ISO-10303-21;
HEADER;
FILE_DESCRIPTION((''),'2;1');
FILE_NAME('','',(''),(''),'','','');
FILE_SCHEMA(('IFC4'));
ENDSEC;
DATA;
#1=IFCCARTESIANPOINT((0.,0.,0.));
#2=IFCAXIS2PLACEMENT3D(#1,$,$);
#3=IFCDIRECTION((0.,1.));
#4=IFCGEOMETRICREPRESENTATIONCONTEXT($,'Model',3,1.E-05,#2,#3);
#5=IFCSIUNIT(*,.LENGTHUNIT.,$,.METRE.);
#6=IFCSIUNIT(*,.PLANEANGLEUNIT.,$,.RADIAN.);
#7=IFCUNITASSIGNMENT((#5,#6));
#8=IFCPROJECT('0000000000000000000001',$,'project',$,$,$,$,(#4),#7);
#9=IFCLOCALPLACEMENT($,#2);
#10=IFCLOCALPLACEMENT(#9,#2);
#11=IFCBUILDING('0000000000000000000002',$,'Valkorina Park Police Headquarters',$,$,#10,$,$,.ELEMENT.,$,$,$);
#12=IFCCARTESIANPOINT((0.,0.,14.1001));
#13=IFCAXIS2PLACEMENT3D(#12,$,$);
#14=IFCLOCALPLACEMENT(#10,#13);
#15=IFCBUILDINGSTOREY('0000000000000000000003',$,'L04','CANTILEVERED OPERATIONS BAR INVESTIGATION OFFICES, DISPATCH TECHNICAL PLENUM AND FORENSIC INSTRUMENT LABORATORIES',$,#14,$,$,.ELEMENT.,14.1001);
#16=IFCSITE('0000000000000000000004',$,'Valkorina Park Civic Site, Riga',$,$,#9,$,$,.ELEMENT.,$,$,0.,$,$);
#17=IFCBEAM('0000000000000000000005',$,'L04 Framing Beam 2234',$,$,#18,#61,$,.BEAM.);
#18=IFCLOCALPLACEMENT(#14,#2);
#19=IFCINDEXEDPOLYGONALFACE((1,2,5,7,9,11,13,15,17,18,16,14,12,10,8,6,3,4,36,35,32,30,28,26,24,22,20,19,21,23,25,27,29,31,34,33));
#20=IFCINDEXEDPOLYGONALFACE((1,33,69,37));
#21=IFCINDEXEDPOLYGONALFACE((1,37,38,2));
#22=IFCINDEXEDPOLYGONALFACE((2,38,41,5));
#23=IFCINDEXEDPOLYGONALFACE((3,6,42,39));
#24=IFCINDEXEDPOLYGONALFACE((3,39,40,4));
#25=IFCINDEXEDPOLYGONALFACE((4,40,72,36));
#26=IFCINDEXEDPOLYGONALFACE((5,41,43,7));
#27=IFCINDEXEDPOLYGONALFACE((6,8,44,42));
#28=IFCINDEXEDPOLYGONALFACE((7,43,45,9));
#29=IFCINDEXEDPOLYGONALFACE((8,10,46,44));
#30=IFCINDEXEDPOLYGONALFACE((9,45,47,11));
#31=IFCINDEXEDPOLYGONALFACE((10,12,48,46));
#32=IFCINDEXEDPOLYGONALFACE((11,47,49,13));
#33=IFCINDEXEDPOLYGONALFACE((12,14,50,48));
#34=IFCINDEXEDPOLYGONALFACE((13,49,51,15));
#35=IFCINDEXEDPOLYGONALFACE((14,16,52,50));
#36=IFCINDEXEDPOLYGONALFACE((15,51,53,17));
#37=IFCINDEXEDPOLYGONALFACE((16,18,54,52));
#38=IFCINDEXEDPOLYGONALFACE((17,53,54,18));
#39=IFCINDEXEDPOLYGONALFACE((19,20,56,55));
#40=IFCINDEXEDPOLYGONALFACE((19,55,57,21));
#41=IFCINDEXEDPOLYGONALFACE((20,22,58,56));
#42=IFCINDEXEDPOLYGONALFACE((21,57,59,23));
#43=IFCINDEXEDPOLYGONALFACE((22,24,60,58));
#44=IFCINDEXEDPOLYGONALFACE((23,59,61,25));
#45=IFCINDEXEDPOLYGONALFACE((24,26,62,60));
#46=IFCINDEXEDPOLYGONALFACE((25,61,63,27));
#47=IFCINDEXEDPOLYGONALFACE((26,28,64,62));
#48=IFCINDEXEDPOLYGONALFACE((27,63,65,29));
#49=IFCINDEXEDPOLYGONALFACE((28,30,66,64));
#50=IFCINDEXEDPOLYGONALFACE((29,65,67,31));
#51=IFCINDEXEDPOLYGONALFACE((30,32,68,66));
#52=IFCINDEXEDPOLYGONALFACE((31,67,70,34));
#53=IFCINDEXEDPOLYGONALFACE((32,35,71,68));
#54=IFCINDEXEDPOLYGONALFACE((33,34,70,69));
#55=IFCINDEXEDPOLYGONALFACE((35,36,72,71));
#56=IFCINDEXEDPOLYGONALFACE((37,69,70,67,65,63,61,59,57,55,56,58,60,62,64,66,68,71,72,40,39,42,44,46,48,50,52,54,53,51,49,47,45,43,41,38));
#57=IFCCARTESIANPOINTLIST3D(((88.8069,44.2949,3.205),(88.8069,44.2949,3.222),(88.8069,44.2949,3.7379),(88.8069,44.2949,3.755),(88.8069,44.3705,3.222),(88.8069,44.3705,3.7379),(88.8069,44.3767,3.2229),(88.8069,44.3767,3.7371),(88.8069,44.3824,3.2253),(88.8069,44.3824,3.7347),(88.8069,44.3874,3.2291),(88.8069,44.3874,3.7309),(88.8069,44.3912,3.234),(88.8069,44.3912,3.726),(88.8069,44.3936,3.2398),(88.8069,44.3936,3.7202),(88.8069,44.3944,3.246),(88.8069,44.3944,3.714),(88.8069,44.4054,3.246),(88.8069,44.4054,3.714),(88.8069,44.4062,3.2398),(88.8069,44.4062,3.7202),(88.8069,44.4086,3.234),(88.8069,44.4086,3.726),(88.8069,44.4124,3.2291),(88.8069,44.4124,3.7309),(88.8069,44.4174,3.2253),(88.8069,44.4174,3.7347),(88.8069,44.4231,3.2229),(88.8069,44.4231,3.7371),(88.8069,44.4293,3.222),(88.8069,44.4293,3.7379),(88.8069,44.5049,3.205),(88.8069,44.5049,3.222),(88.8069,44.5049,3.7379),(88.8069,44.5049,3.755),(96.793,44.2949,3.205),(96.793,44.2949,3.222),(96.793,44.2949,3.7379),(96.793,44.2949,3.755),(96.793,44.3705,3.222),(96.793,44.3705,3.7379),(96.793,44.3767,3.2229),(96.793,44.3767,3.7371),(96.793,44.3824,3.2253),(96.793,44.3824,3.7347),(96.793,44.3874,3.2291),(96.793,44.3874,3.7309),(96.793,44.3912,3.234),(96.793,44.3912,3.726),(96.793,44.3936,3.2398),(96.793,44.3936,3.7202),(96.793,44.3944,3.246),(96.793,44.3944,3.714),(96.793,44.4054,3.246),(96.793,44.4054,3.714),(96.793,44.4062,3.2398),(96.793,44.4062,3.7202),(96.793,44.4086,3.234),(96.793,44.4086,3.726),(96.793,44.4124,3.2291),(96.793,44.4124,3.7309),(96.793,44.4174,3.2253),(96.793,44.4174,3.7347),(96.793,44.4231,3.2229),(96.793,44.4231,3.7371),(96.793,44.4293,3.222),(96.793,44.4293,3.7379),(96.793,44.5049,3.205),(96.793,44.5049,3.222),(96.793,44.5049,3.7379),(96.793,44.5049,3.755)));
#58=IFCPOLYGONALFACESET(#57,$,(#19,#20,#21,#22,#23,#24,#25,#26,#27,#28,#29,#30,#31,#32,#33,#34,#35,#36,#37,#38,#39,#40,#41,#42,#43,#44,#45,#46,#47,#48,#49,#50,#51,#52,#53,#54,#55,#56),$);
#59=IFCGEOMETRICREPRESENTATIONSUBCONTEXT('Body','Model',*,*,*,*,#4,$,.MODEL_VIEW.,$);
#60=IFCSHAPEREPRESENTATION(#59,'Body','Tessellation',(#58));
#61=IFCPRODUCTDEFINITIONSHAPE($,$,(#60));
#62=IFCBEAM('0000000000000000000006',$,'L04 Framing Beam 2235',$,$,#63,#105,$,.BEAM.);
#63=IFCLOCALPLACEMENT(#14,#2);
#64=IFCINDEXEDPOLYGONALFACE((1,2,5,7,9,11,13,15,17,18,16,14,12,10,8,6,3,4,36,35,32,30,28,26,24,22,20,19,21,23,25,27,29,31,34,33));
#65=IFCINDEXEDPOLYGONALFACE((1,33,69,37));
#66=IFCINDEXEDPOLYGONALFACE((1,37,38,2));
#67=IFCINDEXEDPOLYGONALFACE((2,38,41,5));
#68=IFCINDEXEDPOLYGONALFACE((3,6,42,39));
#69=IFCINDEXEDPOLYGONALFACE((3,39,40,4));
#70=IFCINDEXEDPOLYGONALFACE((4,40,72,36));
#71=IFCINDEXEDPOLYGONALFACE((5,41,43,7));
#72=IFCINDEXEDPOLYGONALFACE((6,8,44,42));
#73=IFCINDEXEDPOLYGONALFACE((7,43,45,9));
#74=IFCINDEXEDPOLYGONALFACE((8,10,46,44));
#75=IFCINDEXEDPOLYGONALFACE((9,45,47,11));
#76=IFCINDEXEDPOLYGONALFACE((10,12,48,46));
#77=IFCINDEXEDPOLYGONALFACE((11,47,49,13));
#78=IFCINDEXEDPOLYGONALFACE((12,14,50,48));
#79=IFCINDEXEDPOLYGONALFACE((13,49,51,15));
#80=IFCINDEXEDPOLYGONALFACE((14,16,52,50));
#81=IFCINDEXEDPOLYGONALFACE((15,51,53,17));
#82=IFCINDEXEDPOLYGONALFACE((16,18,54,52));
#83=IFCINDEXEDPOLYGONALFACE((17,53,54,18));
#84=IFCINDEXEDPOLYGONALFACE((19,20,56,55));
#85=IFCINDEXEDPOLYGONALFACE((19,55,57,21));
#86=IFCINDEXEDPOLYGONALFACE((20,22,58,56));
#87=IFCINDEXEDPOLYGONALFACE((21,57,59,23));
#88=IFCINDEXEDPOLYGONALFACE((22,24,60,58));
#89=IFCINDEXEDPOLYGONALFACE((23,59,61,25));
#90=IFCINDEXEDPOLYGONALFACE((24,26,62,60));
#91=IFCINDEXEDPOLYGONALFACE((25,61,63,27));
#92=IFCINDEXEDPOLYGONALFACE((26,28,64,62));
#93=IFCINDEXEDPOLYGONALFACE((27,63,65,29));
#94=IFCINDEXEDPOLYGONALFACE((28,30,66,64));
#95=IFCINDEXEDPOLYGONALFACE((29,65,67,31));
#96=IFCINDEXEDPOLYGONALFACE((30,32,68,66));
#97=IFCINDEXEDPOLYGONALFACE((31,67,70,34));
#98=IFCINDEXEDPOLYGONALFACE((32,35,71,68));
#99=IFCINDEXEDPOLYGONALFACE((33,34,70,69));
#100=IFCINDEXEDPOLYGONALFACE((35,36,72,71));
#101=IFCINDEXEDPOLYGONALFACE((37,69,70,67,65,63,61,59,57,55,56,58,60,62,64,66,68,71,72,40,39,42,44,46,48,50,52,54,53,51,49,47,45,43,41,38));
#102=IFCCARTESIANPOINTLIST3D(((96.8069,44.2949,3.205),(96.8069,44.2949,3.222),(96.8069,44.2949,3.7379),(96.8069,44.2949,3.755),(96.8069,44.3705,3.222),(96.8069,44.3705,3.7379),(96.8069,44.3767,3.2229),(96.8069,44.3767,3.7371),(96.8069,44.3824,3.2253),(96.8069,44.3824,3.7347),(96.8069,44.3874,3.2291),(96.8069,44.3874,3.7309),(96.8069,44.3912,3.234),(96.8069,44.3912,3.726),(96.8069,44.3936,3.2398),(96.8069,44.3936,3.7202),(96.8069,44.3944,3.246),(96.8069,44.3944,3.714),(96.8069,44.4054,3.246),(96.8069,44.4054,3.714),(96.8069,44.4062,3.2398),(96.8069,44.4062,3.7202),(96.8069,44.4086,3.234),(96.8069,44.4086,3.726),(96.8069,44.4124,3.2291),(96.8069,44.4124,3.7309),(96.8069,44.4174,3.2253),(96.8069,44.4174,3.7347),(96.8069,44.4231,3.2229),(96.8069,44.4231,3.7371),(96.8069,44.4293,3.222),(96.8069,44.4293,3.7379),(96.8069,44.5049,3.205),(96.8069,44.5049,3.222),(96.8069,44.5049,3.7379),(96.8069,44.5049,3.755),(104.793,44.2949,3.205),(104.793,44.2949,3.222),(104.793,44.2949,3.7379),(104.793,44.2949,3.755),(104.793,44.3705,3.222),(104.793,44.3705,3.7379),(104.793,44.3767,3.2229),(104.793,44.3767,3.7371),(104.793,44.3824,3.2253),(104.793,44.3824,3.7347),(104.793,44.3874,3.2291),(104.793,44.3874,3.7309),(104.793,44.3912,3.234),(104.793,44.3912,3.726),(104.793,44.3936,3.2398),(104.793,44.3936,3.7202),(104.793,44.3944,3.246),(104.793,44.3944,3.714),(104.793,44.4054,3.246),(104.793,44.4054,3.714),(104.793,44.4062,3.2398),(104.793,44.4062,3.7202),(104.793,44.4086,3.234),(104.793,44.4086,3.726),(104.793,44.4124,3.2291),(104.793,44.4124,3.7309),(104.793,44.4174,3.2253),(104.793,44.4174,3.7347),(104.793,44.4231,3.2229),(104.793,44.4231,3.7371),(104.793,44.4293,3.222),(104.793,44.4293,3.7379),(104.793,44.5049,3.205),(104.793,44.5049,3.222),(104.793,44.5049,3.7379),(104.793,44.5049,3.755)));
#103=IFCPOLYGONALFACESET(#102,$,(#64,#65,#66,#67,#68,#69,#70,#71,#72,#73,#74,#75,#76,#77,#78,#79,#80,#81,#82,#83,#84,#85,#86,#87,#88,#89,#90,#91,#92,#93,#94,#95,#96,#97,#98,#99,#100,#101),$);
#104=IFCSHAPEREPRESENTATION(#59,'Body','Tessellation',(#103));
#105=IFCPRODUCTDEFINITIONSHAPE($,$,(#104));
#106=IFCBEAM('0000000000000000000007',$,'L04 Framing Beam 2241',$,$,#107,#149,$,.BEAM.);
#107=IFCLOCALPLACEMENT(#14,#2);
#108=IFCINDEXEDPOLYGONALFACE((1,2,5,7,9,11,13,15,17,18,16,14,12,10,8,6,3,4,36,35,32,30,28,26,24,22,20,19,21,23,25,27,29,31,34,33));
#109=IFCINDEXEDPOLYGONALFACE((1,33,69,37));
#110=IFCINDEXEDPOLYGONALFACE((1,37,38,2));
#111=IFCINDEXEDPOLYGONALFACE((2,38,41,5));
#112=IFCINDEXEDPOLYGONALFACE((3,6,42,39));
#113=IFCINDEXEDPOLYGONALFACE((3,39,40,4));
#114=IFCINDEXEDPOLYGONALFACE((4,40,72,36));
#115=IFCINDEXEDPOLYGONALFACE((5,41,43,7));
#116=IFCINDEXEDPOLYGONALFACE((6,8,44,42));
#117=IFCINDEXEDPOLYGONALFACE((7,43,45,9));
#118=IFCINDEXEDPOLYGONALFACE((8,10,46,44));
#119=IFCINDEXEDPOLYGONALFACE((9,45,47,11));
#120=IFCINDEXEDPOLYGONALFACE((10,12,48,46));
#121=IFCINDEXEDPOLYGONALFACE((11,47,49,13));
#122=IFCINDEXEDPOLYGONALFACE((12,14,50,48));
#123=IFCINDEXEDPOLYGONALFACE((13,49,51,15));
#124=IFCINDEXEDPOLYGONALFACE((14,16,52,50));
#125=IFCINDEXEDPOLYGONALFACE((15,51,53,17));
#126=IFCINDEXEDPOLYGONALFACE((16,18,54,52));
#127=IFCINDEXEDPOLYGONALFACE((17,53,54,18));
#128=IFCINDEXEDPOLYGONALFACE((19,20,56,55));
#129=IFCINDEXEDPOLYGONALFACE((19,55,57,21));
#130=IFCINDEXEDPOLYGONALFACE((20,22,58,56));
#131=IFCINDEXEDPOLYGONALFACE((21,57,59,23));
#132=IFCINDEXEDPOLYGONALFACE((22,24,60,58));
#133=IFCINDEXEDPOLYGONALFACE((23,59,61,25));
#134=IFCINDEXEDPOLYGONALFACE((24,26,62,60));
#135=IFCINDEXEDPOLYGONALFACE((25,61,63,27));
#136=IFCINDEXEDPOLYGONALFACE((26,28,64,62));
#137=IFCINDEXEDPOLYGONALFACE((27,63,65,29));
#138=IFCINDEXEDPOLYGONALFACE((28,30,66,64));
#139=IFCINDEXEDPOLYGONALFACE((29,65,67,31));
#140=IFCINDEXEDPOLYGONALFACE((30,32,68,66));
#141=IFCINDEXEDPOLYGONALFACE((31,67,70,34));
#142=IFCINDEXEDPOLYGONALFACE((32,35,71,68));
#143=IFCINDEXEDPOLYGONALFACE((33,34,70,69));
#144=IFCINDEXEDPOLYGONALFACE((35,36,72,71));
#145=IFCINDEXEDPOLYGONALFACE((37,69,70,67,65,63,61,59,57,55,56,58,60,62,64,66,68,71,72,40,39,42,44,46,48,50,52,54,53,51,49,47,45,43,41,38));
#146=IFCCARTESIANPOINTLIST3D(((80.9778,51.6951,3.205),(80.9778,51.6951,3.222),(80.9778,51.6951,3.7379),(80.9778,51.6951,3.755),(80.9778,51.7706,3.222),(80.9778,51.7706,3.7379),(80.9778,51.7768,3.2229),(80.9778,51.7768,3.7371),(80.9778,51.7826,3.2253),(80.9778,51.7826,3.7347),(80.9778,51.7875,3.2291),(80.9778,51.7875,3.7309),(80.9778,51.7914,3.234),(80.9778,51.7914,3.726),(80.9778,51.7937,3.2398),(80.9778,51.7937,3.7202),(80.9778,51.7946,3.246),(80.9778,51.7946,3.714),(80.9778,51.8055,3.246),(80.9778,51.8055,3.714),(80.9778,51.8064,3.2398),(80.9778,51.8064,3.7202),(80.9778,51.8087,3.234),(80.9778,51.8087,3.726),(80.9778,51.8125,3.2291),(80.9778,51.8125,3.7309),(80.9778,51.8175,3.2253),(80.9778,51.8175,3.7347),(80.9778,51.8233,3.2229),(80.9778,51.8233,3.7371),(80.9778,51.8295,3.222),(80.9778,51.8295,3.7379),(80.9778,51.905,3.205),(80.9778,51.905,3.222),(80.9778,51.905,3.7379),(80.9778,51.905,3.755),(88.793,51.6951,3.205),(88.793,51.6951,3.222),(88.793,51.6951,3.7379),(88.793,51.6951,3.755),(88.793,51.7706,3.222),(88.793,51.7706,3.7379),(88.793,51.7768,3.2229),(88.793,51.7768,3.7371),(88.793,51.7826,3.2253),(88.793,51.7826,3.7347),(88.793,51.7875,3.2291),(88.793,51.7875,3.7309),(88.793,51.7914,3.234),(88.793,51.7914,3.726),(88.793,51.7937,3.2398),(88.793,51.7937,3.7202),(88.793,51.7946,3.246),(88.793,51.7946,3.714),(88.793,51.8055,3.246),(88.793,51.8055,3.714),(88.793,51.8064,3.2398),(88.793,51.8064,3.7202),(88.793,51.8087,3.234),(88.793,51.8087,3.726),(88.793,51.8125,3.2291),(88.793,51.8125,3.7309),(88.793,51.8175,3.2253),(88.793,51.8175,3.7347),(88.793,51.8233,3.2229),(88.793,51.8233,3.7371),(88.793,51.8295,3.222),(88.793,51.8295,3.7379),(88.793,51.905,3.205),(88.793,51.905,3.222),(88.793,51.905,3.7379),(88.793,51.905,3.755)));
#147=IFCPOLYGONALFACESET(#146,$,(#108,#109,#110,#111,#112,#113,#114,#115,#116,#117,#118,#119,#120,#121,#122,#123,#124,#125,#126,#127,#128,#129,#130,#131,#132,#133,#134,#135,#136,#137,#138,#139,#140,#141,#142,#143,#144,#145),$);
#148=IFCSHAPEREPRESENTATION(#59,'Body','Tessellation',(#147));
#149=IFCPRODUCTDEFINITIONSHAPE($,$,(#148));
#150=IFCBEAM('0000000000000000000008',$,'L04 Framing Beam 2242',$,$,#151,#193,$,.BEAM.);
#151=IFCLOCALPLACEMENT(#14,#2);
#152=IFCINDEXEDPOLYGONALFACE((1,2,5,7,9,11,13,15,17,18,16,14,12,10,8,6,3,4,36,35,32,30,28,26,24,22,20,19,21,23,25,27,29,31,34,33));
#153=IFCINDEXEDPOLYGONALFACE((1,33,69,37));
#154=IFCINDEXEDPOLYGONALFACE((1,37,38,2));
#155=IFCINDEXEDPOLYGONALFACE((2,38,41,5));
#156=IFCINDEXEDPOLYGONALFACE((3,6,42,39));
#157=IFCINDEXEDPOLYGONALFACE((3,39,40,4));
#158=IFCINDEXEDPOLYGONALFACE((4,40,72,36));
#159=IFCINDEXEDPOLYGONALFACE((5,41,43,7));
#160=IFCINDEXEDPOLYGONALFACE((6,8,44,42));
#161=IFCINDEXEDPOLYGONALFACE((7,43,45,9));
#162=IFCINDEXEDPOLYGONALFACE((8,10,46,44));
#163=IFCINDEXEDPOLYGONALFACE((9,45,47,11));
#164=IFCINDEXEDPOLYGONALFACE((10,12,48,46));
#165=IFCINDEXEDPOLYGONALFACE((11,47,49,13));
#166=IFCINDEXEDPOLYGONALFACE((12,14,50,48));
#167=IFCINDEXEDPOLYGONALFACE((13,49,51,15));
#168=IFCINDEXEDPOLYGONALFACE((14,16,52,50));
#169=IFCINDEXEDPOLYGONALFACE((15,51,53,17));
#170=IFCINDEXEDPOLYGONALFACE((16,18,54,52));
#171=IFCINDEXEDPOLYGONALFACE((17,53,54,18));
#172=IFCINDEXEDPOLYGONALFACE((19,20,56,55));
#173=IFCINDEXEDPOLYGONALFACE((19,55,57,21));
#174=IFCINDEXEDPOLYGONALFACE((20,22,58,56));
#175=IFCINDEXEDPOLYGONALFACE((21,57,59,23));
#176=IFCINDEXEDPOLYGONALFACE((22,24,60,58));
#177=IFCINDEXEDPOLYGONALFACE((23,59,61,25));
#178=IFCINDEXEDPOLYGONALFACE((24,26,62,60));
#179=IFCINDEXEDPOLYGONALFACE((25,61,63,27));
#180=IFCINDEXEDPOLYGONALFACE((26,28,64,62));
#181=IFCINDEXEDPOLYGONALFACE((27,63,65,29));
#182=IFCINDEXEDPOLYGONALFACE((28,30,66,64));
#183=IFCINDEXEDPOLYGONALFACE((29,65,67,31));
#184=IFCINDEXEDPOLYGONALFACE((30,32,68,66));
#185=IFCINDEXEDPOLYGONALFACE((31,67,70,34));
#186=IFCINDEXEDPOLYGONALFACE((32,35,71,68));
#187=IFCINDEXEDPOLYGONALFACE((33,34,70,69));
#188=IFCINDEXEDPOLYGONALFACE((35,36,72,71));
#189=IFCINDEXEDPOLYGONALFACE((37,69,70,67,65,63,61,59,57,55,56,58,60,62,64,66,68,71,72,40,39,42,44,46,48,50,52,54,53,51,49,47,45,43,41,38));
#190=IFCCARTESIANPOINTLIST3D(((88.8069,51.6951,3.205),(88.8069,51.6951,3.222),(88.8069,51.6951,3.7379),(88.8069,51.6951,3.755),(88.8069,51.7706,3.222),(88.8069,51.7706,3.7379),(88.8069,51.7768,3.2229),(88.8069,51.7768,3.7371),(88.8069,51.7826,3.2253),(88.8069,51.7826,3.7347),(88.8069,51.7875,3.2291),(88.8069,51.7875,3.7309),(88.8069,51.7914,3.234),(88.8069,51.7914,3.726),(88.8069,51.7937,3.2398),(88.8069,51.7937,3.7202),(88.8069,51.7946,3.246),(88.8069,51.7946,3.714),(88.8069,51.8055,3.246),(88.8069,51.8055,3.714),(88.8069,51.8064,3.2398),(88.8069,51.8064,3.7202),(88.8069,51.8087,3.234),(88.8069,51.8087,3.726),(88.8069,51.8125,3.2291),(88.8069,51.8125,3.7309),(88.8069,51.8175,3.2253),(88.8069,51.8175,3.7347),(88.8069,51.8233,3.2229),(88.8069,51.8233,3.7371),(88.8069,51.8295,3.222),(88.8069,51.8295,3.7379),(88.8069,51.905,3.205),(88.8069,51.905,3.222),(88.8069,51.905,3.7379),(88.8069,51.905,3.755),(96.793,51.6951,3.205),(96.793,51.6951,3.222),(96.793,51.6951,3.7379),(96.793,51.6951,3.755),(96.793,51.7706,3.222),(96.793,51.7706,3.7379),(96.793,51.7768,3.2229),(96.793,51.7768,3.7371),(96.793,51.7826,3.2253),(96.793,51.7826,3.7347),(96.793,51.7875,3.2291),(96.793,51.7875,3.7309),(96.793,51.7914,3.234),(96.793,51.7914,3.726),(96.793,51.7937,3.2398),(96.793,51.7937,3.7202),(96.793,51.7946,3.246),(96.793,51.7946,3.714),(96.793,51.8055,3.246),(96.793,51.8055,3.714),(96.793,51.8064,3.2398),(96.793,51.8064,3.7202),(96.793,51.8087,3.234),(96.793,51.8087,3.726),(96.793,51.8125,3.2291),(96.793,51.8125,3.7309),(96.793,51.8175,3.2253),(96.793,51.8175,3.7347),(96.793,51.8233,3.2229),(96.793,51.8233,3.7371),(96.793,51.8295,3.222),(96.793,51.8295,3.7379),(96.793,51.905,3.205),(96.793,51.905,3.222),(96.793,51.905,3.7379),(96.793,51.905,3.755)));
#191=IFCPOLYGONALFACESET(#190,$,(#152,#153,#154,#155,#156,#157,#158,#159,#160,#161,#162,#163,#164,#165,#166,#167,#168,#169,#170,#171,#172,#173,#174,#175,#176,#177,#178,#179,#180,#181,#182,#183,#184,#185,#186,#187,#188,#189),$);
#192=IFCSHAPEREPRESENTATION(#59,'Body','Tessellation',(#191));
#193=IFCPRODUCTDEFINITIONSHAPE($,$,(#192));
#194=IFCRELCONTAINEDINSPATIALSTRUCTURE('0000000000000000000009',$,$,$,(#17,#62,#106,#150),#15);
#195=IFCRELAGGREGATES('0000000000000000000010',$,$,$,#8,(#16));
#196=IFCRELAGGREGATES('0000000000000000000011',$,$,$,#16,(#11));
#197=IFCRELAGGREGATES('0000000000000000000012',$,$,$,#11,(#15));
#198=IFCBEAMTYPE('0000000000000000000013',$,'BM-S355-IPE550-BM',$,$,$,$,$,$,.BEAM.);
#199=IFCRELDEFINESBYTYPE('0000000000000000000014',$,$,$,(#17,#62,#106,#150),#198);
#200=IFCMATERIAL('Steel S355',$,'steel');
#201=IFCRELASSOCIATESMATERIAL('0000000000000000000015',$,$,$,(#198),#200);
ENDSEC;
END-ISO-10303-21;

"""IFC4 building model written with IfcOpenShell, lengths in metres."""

from ifc_helpers import new_model, si_unit, direction, frame, origin, origin_2d, place, context, subcontext, project, spatial, i_section, extrude, material, material_profile, profile_set, type_object, element, save


model = new_model("IFC4")

# Units and contexts
model_context = context("Model", 3, precision=1e-05, world=origin(), true_north=direction((0.0, 1.0)))
body_context = subcontext(model_context, "Body", "Model", "MODEL_VIEW")
ifc_project = project(units=[si_unit("LENGTHUNIT", "METRE"), si_unit("PLANEANGLEUNIT", "RADIAN")], contexts=[model_context])

# Site, building, storey
site_placement = place(None, origin())
site = spatial("IfcSite", under=ifc_project, at=site_placement, Name="Valkorina Park Civic Site, Riga", CompositionType="ELEMENT", RefElevation=0.0)
building_placement = place(site_placement, origin())
building = spatial("IfcBuilding", under=site, at=building_placement, Name="Valkorina Park Police Headquarters", CompositionType="ELEMENT")
storey_placement = place(building_placement, frame((0.0, 0.0, 14.1001)))
storey = spatial("IfcBuildingStorey", under=building, at=storey_placement, Name="L04", Description="CANTILEVERED OPERATIONS BAR INVESTIGATION OFFICES, DISPATCH TECHNICAL PLENUM AND FORENSIC INSTRUMENT LABORATORIES", CompositionType="ELEMENT", Elevation=14.1001)

# Shared definitions
ifc_material_1 = material(Name="Steel S355", Category="steel")

# Beams
ifc_material_profile_1 = material_profile(ifc_material_1, i_section(OverallWidth=0.21, OverallDepth=0.55, WebThickness=0.011, FlangeThickness=0.0171, FilletRadius=0.0239, at=origin_2d()), Name="IPE 550")
ifc_profile_set_1 = profile_set([ifc_material_profile_1], Name="Steel S355")
beam_type_1 = type_object("IfcBeamType", Name="BM-S355-IPE550-BM", PredefinedType="BEAM", material=ifc_profile_set_1)
for number, where, z_axis, x_axis, name in (
    (1, (88.8069, 44.3999, 3.48), (1.0, 0.0, 0.0), (0.0, 1.0, 0.0), "L04 Framing Beam 2234"),
    (2, (96.8069, 44.3999, 3.48), (1.0, 0.0, 0.0), (0.0, 1.0, 0.0), "L04 Framing Beam 2235"),
):
    element("IfcBeam", number, at=place(storey_placement, frame(where, z_axis=z_axis, x_axis=x_axis)), inside=storey, type_object=beam_type_1, Name=name, PredefinedType="BEAM", context=body_context, shape_type="SweptSolid", body=[
        extrude(i_section(OverallWidth=0.21, OverallDepth=0.55, WebThickness=0.011, FlangeThickness=0.0171, FilletRadius=0.0239, at=origin_2d()), origin(), (0.0, 0.0, 1.0), 7.9861),
    ])
beam_1_placement = place(storey_placement, frame((80.9778, 51.8, 3.48), z_axis=(1.0, 0.0, 0.0), x_axis=(0.0, 1.0, 0.0)))
element("IfcBeam", 3, at=beam_1_placement, inside=storey, type_object=beam_type_1, Name="L04 Framing Beam 2241", PredefinedType="BEAM", context=body_context, shape_type="SweptSolid", body=[
    extrude(i_section(OverallWidth=0.21, OverallDepth=0.55, WebThickness=0.011, FlangeThickness=0.0171, FilletRadius=0.0239, at=origin_2d()), origin(), (0.0, 0.0, 1.0), 7.8152),
])
for number, where, z_axis, x_axis, name in (
    (4, (88.8069, 51.8, 3.48), (1.0, 0.0, 0.0), (0.0, 1.0, 0.0), "L04 Framing Beam 2242"),
):
    element("IfcBeam", number, at=place(storey_placement, frame(where, z_axis=z_axis, x_axis=x_axis)), inside=storey, type_object=beam_type_1, Name=name, PredefinedType="BEAM", context=body_context, shape_type="SweptSolid", body=[
        extrude(i_section(OverallWidth=0.21, OverallDepth=0.55, WebThickness=0.011, FlangeThickness=0.0171, FilletRadius=0.0239, at=origin_2d()), origin(), (0.0, 0.0, 1.0), 7.9861),
    ])

save(model, "model.ifc")
